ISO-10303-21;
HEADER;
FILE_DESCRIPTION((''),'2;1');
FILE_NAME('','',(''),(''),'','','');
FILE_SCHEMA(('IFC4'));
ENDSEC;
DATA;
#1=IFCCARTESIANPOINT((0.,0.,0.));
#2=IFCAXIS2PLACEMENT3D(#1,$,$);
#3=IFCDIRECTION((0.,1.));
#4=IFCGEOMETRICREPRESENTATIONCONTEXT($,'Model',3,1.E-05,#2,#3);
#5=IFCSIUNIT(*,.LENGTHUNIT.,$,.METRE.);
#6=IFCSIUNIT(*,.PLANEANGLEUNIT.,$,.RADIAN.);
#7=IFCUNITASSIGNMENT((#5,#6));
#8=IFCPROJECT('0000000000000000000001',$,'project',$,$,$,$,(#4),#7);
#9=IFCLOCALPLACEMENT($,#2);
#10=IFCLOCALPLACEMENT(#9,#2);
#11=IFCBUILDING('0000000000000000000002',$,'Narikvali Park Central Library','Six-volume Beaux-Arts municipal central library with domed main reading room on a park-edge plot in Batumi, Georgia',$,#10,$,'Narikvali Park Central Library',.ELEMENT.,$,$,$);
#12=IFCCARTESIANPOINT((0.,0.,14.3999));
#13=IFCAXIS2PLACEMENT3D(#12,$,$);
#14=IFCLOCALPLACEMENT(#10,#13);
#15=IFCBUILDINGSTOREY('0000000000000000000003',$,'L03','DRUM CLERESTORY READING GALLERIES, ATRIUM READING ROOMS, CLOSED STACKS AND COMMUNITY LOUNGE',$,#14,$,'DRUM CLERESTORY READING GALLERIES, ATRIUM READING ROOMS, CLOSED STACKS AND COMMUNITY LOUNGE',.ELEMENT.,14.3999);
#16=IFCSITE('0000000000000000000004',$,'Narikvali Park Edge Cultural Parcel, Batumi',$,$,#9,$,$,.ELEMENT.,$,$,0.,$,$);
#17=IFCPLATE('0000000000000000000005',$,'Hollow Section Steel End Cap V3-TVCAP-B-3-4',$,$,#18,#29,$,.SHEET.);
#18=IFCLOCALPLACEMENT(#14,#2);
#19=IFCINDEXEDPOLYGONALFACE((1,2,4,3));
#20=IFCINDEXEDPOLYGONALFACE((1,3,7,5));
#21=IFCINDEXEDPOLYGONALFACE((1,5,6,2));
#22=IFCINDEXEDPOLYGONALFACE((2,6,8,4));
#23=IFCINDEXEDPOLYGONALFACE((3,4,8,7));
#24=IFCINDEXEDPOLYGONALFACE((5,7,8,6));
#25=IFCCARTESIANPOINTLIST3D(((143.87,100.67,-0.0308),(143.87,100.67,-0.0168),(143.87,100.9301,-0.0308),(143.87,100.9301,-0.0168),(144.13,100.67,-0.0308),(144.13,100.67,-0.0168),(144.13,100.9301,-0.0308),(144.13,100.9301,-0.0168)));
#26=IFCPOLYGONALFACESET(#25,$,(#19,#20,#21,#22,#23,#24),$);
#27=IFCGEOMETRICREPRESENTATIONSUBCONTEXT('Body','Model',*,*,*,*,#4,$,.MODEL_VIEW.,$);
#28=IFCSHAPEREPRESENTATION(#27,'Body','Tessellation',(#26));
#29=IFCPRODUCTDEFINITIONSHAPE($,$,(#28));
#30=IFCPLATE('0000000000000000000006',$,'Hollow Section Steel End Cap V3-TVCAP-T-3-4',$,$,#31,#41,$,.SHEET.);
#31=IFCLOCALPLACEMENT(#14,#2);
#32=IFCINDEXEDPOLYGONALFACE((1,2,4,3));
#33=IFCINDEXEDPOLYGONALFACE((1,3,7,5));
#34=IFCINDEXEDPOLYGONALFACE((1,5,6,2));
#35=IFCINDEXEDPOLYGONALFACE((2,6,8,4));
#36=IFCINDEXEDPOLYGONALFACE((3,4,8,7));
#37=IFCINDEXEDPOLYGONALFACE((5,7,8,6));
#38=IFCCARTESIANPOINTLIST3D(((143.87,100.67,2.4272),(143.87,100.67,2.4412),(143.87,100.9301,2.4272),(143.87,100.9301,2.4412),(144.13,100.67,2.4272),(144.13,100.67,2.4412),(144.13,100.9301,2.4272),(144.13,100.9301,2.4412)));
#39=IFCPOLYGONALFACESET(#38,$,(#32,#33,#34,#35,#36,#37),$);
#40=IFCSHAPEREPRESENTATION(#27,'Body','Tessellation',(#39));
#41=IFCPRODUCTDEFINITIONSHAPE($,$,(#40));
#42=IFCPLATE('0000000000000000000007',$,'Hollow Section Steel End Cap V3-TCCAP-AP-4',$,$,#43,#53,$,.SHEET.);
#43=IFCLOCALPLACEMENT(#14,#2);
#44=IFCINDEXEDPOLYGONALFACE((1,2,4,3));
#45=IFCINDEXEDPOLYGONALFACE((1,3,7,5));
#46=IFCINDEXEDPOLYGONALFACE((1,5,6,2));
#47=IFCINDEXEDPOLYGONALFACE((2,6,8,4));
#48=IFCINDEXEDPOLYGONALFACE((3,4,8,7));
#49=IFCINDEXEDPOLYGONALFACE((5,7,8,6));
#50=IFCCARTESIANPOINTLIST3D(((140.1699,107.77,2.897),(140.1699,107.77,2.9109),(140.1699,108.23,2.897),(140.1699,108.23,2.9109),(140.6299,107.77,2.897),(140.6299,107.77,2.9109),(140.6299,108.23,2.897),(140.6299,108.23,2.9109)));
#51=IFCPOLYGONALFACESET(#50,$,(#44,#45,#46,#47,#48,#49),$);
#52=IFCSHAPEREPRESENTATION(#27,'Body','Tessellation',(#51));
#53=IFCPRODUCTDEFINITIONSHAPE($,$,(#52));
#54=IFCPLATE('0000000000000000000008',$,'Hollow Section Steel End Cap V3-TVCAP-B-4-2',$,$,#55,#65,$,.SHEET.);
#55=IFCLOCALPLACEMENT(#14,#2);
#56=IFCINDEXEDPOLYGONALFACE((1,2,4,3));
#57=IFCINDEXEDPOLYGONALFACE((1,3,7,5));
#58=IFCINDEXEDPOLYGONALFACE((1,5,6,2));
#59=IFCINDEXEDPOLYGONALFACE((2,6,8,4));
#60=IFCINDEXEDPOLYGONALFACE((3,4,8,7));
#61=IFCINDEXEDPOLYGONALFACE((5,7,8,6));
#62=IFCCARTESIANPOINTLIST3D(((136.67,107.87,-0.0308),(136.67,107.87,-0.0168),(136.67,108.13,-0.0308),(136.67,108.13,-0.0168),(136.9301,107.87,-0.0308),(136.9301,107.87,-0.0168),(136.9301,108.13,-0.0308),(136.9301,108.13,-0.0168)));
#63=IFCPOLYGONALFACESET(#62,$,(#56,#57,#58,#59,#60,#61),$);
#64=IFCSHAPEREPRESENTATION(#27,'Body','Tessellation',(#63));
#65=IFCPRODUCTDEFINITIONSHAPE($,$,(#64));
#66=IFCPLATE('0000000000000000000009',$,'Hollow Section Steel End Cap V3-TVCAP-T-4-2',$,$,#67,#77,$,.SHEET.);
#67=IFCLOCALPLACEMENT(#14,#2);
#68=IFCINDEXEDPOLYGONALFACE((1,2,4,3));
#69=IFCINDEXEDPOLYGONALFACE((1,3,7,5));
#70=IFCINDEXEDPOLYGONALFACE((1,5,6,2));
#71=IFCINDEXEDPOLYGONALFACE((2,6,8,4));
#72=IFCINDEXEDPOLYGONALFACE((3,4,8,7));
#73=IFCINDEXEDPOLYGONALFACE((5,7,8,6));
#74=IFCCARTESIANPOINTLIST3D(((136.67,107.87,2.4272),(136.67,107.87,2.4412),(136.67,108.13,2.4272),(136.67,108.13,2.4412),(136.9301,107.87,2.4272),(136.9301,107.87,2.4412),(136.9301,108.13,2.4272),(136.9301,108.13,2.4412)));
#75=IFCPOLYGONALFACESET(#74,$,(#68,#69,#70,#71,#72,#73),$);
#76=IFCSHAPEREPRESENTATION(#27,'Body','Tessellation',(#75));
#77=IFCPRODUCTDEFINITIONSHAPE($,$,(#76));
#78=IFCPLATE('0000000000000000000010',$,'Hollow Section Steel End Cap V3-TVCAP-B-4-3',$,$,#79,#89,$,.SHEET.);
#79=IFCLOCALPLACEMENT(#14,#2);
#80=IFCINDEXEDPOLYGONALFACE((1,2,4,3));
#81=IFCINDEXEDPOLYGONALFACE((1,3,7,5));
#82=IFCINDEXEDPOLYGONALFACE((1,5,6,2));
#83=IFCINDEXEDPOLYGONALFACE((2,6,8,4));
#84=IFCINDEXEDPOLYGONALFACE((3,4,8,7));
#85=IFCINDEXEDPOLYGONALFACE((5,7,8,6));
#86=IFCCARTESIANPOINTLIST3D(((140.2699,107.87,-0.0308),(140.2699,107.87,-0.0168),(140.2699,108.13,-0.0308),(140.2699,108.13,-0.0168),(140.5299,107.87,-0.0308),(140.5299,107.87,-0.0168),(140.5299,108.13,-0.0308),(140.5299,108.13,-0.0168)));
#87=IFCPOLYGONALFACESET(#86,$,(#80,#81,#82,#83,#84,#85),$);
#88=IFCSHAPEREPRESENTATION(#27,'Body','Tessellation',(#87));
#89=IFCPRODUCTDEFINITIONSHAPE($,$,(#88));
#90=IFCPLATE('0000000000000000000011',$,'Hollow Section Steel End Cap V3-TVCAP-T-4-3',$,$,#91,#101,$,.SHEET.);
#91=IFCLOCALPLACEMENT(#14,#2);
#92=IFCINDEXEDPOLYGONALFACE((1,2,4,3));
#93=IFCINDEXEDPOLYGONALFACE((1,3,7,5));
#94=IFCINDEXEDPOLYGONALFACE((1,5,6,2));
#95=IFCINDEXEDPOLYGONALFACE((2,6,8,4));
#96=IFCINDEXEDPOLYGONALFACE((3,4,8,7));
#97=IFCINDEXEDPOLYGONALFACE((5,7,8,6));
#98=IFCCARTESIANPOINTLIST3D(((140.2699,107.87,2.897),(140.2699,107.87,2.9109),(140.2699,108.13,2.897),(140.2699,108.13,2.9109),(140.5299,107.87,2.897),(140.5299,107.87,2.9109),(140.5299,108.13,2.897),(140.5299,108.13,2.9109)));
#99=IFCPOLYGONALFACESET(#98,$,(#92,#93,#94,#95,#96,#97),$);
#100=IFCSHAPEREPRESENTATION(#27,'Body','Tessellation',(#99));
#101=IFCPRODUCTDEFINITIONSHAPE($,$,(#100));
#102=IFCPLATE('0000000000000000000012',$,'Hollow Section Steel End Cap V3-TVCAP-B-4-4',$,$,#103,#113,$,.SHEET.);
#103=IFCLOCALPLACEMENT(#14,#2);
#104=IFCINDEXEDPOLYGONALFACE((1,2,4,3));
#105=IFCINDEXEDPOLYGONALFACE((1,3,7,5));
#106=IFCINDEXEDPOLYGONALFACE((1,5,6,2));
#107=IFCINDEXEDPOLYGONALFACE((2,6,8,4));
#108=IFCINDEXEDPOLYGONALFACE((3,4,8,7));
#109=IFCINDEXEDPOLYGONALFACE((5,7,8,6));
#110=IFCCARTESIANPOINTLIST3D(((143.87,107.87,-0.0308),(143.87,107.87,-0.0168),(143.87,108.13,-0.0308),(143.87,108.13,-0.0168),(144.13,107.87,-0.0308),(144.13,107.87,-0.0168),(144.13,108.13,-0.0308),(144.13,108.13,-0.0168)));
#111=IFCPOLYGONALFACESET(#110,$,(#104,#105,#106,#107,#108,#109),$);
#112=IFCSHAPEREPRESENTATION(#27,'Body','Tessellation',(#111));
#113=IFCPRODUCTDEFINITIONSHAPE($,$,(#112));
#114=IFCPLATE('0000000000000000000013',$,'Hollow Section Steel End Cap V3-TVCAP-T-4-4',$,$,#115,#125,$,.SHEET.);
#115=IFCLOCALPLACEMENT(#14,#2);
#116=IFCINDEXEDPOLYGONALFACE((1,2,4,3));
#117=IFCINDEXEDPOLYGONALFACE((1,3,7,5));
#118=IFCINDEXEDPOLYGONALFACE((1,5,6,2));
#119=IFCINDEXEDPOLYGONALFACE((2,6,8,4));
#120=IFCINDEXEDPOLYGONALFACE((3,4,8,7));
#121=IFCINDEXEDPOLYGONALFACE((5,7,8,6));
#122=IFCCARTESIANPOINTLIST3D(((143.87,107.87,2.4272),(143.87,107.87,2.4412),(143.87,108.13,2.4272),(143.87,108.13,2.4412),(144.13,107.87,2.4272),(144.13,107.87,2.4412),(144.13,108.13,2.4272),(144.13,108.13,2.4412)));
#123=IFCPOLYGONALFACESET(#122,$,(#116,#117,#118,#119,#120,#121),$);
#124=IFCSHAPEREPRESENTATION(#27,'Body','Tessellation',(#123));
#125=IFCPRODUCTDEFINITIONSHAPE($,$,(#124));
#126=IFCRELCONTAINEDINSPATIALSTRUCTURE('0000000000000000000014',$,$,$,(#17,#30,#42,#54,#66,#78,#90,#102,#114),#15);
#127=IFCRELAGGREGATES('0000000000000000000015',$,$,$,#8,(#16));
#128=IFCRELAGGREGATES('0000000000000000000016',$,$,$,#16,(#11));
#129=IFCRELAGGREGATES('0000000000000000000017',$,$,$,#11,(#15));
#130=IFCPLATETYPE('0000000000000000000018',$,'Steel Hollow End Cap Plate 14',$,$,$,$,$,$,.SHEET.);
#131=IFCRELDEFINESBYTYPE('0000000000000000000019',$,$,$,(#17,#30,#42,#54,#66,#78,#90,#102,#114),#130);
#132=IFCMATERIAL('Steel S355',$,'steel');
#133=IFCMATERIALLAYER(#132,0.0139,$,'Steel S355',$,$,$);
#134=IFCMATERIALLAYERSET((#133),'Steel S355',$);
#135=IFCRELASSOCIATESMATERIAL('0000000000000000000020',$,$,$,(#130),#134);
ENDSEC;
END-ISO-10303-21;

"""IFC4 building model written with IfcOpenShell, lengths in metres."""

from ifc_helpers import new_model, si_unit, direction, frame, origin, origin_2d, place, context, subcontext, project, spatial, rectangle, extrude, material, layer, layer_set, type_object, element, save


model = new_model("IFC4")

# Units and contexts
model_context = context("Model", 3, precision=1e-05, world=origin(), true_north=direction((0.0, 1.0)))
body_context = subcontext(model_context, "Body", "Model", "MODEL_VIEW")
ifc_project = project(units=[si_unit("LENGTHUNIT", "METRE"), si_unit("PLANEANGLEUNIT", "RADIAN")], contexts=[model_context])

# Site, building, storey
site_placement = place(None, origin())
site = spatial("IfcSite", under=ifc_project, at=site_placement, Name="Narikvali Park Edge Cultural Parcel, Batumi", CompositionType="ELEMENT", RefElevation=0.0)
building_placement = place(site_placement, origin())
building = spatial("IfcBuilding", under=site, at=building_placement, Name="Narikvali Park Central Library", Description="Six-volume Beaux-Arts municipal central library with domed main reading room on a park-edge plot in Batumi, Georgia", LongName="Narikvali Park Central Library", CompositionType="ELEMENT")
storey_placement = place(building_placement, frame((0.0, 0.0, 14.3999)))
storey = spatial("IfcBuildingStorey", under=building, at=storey_placement, Name="L03", Description="DRUM CLERESTORY READING GALLERIES, ATRIUM READING ROOMS, CLOSED STACKS AND COMMUNITY LOUNGE", LongName="DRUM CLERESTORY READING GALLERIES, ATRIUM READING ROOMS, CLOSED STACKS AND COMMUNITY LOUNGE", CompositionType="ELEMENT", Elevation=14.3999)

# Shared definitions
ifc_material = material(Name="Steel S355", Category="steel")

# Plates
ifc_layer = layer(ifc_material, 0.0139, Name="Steel S355")
ifc_layer_set = layer_set([ifc_layer], Name="Steel S355")
plate_type = type_object("IfcPlateType", Name="Steel Hollow End Cap Plate 14", PredefinedType="SHEET", material=ifc_layer_set)
for number, where, z_axis, x_axis, name in (
    (1, (144.0, 100.8, -0.0308), (0.0, 0.0, 1.0), (1.0, 0.0, 0.0), "Hollow Section Steel End Cap V3-TVCAP-B-3-4"),
    (2, (144.0, 100.8, 2.4272), (0.0, 0.0, 1.0), (1.0, 0.0, 0.0), "Hollow Section Steel End Cap V3-TVCAP-T-3-4"),
):
    element("IfcPlate", number, at=place(storey_placement, frame(where, z_axis=z_axis, x_axis=x_axis)), inside=storey, type_object=plate_type, Name=name, PredefinedType="SHEET", context=body_context, shape_type="SweptSolid", body=[
        extrude(rectangle(XDim=0.26, YDim=0.26, at=origin_2d()), origin(), (0.0, 0.0, 1.0), 0.0139),
    ])
plate_1_placement = place(storey_placement, frame((140.3999, 108.0, 2.897), z_axis=(0.0, 0.0, 1.0), x_axis=(1.0, 0.0, 0.0)))
element("IfcPlate", 3, at=plate_1_placement, inside=storey, type_object=plate_type, Name="Hollow Section Steel End Cap V3-TCCAP-AP-4", PredefinedType="SHEET", context=body_context, shape_type="SweptSolid", body=[
    extrude(rectangle(XDim=0.46, YDim=0.46, at=origin_2d()), origin(), (0.0, 0.0, 1.0), 0.0139),
])
for number, where, z_axis, x_axis, name in (
    (4, (136.8, 108.0, -0.0308), (0.0, 0.0, 1.0), (1.0, 0.0, 0.0), "Hollow Section Steel End Cap V3-TVCAP-B-4-2"),
    (5, (136.8, 108.0, 2.4272), (0.0, 0.0, 1.0), (1.0, 0.0, 0.0), "Hollow Section Steel End Cap V3-TVCAP-T-4-2"),
    (6, (140.3999, 108.0, -0.0308), (0.0, 0.0, 1.0), (1.0, 0.0, 0.0), "Hollow Section Steel End Cap V3-TVCAP-B-4-3"),
    (7, (140.3999, 108.0, 2.897), (0.0, 0.0, 1.0), (1.0, 0.0, 0.0), "Hollow Section Steel End Cap V3-TVCAP-T-4-3"),
    (8, (144.0, 108.0, -0.0308), (0.0, 0.0, 1.0), (1.0, 0.0, 0.0), "Hollow Section Steel End Cap V3-TVCAP-B-4-4"),
    (9, (144.0, 108.0, 2.4272), (0.0, 0.0, 1.0), (1.0, 0.0, 0.0), "Hollow Section Steel End Cap V3-TVCAP-T-4-4"),
):
    element("IfcPlate", number, at=place(storey_placement, frame(where, z_axis=z_axis, x_axis=x_axis)), inside=storey, type_object=plate_type, Name=name, PredefinedType="SHEET", context=body_context, shape_type="SweptSolid", body=[
        extrude(rectangle(XDim=0.26, YDim=0.26, at=origin_2d()), origin(), (0.0, 0.0, 1.0), 0.0139),
    ])

save(model, "model.ifc")
